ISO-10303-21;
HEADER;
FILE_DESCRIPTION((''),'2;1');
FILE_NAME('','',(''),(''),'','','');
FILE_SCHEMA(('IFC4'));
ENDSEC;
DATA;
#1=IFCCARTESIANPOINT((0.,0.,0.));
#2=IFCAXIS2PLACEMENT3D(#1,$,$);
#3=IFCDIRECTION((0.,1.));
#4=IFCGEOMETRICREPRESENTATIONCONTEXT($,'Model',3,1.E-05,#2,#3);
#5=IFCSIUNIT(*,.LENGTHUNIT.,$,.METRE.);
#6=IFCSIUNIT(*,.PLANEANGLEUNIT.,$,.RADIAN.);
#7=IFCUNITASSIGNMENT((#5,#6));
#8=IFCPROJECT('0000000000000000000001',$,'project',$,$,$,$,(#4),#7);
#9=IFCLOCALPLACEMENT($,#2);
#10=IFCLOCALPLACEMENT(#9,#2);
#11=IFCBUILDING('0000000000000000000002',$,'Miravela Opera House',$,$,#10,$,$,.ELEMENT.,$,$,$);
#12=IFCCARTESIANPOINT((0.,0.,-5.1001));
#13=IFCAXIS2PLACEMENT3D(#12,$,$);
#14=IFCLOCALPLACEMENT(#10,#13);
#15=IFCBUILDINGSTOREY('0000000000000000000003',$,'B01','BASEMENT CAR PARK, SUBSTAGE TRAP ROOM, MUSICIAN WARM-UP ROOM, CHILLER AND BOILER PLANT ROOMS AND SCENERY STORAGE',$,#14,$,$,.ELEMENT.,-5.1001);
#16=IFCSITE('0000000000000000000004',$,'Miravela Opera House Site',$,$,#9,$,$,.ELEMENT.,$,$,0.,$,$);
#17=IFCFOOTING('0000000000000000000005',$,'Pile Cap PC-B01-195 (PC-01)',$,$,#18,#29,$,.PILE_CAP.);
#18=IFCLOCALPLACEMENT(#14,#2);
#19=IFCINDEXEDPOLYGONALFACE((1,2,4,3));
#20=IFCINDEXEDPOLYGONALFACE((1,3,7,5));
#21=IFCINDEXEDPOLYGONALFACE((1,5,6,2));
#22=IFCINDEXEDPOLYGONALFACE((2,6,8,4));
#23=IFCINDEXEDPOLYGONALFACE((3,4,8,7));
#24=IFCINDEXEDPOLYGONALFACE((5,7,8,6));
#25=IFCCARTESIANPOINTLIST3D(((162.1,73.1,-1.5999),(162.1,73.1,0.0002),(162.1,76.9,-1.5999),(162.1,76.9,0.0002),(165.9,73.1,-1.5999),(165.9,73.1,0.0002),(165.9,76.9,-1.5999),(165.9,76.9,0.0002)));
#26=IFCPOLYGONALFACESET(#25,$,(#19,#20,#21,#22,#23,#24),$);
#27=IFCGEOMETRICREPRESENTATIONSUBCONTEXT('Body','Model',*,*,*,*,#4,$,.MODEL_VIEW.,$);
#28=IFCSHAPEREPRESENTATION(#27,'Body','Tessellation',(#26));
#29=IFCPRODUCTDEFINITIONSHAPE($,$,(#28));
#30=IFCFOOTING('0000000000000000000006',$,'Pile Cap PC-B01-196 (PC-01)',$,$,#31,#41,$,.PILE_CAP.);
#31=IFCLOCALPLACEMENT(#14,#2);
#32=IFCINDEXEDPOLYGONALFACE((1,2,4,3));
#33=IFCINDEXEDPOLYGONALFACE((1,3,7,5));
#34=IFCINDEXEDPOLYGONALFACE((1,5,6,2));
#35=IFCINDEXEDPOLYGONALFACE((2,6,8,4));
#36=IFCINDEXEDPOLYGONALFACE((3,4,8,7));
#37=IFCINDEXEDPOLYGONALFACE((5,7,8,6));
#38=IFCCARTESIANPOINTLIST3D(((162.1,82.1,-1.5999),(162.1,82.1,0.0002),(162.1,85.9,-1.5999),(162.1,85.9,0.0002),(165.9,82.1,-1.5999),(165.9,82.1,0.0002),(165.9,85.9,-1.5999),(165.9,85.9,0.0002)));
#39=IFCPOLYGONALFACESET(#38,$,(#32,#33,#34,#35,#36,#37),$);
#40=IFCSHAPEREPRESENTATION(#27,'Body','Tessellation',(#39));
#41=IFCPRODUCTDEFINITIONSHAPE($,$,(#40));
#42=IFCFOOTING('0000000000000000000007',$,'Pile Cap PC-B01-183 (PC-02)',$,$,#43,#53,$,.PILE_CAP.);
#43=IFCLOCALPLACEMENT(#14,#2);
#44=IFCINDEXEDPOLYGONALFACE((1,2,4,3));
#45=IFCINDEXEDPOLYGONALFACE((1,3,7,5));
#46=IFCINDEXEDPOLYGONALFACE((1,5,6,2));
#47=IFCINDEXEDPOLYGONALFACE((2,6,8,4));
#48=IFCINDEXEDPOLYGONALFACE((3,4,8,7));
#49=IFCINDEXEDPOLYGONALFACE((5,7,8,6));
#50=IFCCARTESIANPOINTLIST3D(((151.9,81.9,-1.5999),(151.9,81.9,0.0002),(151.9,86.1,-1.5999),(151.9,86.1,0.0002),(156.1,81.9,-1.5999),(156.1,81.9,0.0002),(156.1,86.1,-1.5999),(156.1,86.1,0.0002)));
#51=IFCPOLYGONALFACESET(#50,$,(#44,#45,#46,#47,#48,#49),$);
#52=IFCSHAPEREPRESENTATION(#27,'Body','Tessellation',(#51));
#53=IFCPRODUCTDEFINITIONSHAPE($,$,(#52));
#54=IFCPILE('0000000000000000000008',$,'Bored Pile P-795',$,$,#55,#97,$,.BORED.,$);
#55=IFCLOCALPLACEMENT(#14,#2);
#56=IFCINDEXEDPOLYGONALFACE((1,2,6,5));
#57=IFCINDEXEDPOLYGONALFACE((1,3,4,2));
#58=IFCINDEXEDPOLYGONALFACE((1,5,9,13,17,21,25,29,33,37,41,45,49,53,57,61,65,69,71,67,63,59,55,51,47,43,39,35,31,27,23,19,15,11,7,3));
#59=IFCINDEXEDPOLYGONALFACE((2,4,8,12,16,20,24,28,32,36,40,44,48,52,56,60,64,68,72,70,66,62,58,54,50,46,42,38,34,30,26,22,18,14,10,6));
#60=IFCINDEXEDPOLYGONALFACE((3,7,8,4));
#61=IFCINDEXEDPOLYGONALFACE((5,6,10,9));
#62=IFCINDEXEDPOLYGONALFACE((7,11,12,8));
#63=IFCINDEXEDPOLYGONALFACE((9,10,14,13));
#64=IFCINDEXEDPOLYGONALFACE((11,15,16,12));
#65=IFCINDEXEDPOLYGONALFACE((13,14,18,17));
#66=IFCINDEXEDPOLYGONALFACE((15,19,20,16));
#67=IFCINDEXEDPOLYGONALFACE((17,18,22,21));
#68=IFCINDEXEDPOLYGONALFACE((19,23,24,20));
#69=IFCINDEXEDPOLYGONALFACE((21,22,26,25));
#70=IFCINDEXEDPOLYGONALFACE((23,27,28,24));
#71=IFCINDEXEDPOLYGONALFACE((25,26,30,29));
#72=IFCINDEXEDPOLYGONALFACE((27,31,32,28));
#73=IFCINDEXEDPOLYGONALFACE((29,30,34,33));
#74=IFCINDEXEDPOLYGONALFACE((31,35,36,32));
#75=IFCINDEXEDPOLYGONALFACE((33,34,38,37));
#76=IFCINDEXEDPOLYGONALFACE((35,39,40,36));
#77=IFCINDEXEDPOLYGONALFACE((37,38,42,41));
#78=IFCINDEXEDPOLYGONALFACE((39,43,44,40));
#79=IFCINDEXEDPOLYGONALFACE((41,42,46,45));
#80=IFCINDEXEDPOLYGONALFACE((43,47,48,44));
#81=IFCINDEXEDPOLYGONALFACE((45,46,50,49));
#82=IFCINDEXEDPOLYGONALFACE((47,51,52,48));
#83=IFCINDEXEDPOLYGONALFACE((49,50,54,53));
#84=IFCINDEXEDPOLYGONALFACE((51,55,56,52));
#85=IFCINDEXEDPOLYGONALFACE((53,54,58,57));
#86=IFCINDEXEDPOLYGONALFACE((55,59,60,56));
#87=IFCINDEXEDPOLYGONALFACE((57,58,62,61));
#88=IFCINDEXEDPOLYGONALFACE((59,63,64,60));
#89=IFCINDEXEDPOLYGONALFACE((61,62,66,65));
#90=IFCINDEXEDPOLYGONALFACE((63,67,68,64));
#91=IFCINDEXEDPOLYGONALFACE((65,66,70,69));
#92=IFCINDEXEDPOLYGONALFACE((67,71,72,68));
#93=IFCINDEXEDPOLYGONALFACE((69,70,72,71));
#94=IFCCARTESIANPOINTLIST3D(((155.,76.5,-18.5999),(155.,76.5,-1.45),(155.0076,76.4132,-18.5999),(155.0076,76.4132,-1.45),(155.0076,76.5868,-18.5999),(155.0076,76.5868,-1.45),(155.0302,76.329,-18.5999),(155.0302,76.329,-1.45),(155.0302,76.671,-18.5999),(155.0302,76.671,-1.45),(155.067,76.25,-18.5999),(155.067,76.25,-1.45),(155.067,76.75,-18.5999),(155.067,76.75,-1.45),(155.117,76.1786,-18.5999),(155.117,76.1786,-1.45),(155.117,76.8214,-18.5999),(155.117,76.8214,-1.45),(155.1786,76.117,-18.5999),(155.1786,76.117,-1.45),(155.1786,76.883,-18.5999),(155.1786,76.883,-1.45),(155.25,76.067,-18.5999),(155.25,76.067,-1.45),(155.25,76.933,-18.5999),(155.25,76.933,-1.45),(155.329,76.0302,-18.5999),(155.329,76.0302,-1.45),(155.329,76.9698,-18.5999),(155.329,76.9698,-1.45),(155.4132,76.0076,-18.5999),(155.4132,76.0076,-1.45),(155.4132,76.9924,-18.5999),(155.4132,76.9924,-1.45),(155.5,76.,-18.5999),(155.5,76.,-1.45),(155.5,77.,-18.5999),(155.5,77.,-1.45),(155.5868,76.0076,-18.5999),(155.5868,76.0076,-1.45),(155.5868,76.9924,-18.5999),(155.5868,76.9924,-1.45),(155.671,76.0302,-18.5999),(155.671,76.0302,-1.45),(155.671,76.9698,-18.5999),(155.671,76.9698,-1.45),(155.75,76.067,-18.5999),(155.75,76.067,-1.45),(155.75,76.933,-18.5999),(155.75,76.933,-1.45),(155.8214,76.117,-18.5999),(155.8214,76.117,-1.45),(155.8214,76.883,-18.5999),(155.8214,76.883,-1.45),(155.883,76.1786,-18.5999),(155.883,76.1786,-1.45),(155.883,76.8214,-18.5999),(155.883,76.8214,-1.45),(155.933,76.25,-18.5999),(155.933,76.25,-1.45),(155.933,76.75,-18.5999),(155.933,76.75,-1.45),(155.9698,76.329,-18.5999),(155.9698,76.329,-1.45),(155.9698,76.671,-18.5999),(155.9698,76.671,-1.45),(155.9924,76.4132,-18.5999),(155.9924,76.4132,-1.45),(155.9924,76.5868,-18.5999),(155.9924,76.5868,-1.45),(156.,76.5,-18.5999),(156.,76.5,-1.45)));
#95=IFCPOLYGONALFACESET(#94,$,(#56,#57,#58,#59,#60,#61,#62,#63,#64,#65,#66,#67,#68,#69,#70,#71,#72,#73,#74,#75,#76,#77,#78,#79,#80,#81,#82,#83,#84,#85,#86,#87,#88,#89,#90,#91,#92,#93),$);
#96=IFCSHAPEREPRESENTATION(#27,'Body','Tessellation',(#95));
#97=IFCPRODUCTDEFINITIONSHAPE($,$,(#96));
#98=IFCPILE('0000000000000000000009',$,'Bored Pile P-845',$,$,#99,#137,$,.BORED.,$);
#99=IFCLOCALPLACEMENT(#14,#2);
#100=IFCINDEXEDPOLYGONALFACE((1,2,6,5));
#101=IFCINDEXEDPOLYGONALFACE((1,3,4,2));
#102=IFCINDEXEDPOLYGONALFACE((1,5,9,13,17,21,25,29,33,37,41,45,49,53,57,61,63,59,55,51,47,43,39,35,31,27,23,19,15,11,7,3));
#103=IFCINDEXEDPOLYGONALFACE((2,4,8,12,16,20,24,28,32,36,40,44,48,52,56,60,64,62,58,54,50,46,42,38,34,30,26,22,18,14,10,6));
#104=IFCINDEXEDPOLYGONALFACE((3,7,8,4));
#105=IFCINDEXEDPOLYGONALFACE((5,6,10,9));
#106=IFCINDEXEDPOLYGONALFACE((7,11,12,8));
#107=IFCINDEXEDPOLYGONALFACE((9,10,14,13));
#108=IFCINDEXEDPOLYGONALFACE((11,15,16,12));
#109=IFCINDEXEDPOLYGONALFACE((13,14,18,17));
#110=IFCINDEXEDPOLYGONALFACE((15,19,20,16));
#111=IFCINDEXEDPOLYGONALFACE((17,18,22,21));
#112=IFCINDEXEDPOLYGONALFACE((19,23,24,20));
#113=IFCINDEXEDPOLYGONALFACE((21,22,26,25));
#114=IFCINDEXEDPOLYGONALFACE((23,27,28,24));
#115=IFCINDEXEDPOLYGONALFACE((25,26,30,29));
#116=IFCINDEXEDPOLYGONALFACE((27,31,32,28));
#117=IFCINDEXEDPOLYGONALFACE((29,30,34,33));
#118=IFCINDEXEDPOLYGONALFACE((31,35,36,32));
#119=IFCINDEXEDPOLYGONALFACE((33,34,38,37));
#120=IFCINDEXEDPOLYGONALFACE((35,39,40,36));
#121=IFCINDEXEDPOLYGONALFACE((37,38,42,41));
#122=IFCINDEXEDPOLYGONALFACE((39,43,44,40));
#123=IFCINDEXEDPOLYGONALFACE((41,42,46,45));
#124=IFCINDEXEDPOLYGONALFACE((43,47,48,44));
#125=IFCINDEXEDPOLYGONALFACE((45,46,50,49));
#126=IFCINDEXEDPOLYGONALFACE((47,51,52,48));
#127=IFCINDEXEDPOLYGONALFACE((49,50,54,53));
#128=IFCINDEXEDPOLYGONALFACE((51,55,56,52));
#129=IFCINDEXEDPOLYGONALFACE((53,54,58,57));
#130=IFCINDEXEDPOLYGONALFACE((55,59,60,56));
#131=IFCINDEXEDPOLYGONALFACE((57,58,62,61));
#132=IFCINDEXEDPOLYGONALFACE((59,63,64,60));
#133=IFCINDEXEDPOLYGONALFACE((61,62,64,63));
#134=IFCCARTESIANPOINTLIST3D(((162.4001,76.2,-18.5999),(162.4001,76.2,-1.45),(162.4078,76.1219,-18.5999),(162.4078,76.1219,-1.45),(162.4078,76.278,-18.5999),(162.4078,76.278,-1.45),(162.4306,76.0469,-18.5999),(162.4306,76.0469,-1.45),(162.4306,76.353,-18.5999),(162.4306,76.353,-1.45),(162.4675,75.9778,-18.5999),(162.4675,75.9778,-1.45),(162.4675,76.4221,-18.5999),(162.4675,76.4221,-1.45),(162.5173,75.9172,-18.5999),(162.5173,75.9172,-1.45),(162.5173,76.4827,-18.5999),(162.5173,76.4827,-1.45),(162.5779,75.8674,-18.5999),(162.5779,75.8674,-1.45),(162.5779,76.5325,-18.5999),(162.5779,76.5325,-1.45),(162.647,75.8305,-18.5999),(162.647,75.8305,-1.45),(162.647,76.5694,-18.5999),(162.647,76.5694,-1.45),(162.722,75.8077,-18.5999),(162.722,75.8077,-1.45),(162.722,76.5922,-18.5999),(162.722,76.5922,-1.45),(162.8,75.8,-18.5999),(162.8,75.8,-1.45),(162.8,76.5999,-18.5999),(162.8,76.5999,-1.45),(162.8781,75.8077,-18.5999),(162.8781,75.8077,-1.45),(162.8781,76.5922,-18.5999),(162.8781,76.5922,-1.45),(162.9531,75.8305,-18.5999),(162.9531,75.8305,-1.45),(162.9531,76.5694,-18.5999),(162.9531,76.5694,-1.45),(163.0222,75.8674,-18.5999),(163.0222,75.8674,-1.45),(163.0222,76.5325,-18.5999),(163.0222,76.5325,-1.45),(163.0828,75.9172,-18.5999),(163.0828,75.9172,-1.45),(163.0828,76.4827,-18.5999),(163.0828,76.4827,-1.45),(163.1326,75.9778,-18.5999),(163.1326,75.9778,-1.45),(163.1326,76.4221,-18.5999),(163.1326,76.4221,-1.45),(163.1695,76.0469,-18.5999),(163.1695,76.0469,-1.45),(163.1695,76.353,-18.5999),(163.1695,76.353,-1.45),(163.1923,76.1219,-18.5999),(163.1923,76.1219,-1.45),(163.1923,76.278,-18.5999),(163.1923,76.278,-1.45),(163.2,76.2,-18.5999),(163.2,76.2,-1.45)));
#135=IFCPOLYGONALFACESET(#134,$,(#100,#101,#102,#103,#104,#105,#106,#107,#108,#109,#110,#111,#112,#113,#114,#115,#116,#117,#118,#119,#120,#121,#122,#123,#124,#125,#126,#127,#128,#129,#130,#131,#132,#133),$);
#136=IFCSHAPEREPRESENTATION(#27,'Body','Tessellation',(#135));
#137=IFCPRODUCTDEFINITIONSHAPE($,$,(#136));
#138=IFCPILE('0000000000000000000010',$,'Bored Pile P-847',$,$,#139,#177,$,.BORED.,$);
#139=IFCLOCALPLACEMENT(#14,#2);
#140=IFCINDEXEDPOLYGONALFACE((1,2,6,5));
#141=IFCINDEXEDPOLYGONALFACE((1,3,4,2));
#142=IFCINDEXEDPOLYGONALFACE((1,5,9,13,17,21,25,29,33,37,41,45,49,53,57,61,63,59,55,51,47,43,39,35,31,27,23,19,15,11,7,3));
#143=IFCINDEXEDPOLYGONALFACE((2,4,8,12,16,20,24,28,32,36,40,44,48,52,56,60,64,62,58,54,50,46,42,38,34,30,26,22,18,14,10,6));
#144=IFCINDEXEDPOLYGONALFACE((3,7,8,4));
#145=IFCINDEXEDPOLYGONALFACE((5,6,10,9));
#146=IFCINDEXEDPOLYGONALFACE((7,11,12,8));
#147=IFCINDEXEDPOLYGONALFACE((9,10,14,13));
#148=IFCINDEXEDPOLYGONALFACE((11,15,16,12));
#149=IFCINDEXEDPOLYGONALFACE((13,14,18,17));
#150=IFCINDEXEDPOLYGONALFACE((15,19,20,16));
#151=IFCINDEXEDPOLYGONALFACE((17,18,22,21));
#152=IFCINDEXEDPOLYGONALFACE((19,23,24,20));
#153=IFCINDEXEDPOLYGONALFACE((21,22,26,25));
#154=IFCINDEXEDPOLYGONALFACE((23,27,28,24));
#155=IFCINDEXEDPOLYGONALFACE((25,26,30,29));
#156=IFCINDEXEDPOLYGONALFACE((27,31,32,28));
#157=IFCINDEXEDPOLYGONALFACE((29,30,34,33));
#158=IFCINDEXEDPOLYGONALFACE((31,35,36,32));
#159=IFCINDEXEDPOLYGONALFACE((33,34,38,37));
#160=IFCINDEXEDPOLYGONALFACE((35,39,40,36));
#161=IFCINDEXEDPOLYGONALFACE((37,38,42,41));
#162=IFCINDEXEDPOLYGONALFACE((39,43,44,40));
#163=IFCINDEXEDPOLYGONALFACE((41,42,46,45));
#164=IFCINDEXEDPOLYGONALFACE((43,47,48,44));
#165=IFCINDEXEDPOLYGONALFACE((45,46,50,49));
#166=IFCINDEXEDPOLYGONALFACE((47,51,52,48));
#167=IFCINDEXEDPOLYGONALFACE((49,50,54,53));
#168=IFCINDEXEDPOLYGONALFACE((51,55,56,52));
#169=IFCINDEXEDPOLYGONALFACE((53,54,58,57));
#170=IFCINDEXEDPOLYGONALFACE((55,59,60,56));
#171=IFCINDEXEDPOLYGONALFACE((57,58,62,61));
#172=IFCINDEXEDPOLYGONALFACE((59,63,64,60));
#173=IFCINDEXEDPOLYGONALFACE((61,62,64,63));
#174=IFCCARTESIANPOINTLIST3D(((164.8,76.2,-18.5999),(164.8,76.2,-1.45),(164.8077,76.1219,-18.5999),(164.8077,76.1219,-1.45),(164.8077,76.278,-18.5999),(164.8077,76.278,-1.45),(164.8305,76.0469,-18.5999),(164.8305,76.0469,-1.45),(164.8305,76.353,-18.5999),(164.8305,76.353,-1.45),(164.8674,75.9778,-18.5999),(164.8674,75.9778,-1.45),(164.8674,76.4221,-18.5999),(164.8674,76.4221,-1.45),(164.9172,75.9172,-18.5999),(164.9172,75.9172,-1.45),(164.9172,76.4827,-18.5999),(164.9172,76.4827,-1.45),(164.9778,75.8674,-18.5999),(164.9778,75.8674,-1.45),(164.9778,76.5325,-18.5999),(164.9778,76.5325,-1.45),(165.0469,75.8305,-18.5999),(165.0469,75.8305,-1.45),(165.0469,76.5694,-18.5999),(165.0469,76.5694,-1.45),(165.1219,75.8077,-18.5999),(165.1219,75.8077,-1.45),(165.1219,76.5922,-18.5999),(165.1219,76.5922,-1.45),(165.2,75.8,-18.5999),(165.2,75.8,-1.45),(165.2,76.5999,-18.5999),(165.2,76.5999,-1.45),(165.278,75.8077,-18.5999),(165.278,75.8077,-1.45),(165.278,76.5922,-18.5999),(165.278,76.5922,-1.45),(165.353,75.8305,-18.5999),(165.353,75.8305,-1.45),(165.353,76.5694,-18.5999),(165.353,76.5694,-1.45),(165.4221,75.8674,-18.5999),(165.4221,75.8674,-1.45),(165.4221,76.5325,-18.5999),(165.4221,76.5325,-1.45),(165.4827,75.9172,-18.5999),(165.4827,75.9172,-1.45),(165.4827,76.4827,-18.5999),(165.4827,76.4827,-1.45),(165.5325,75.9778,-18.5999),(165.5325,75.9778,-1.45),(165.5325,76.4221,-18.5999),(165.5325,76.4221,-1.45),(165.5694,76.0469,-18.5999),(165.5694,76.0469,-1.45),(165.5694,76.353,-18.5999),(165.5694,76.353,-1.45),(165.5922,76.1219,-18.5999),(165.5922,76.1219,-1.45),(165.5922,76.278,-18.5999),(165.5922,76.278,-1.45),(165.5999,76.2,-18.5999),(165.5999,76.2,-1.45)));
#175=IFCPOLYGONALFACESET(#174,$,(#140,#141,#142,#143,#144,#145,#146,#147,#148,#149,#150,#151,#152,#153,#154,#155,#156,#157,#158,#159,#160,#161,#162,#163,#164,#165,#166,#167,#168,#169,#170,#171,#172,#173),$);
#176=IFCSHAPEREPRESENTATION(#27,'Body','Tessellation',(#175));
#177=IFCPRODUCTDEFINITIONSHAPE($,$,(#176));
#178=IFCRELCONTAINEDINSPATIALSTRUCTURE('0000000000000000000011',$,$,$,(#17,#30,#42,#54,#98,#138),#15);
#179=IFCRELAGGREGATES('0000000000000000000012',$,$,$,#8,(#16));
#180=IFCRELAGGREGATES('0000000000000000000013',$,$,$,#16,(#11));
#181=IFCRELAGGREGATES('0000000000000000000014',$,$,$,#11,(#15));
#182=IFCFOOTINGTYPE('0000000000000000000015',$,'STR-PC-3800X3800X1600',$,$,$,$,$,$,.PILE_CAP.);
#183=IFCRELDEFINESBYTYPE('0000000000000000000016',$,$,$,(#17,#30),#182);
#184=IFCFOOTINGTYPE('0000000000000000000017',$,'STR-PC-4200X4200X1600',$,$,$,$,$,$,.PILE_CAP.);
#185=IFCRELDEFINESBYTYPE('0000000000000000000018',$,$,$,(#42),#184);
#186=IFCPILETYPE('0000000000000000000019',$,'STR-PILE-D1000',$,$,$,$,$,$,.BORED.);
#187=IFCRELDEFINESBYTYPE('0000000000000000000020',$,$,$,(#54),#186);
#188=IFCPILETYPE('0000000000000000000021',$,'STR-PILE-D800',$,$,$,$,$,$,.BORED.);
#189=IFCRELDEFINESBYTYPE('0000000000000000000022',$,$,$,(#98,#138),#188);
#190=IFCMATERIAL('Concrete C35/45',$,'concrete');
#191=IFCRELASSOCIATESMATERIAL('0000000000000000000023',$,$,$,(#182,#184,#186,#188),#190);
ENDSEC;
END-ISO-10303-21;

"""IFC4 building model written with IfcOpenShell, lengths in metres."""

from ifc_helpers import new_model, si_unit, direction, frame, origin, origin_2d, place, context, subcontext, project, spatial, rectangle, circle, extrude, material, material_profile, profile_set, type_object, element, save


model = new_model("IFC4")

# Units and contexts
model_context = context("Model", 3, precision=1e-05, world=origin(), true_north=direction((0.0, 1.0)))
body_context = subcontext(model_context, "Body", "Model", "MODEL_VIEW")
ifc_project = project(units=[si_unit("LENGTHUNIT", "METRE"), si_unit("PLANEANGLEUNIT", "RADIAN")], contexts=[model_context])

# Site, building, storey
site_placement = place(None, origin())
site = spatial("IfcSite", under=ifc_project, at=site_placement, Name="Miravela Opera House Site", CompositionType="ELEMENT", RefElevation=0.0)
building_placement = place(site_placement, origin())
building = spatial("IfcBuilding", under=site, at=building_placement, Name="Miravela Opera House", CompositionType="ELEMENT")
storey_placement = place(building_placement, frame((0.0, 0.0, -5.1001)))
storey = spatial("IfcBuildingStorey", under=building, at=storey_placement, Name="B01", Description="BASEMENT CAR PARK, SUBSTAGE TRAP ROOM, MUSICIAN WARM-UP ROOM, CHILLER AND BOILER PLANT ROOMS AND SCENERY STORAGE", CompositionType="ELEMENT", Elevation=-5.1001)

# Footings
ifc_material_1 = material(Name="Concrete C35/45", Category="concrete")
footing_type_1 = type_object("IfcFootingType", Name="STR-PC-3800X3800X1600", PredefinedType="PILE_CAP", material=ifc_material_1)
for number, where, z_axis, x_axis, name in (
    (1, (164.0, 75.0, -1.5999), (0.0, 0.0, 1.0), (1.0, 0.0, 0.0), "Pile Cap PC-B01-195 (PC-01)"),
    (2, (164.0, 84.0, -1.5999), (0.0, 0.0, 1.0), (1.0, 0.0, 0.0), "Pile Cap PC-B01-196 (PC-01)"),
):
    element("IfcFooting", number, at=place(storey_placement, frame(where, z_axis=z_axis, x_axis=x_axis)), inside=storey, type_object=footing_type_1, Name=name, PredefinedType="PILE_CAP", context=body_context, shape_type="SweptSolid", body=[
        extrude(rectangle(XDim=3.8, YDim=3.8, at=origin_2d()), origin(), (0.0, 0.0, 1.0), 1.6001),
    ])
footing_type_2 = type_object("IfcFootingType", Name="STR-PC-4200X4200X1600", PredefinedType="PILE_CAP", material=ifc_material_1)
footing_placement = place(storey_placement, frame((154.0, 84.0, -1.5999), z_axis=(0.0, 0.0, 1.0), x_axis=(1.0, 0.0, 0.0)))
element("IfcFooting", 3, at=footing_placement, inside=storey, type_object=footing_type_2, Name="Pile Cap PC-B01-183 (PC-02)", PredefinedType="PILE_CAP", context=body_context, shape_type="SweptSolid", body=[
    extrude(rectangle(XDim=4.2, YDim=4.2, at=origin_2d()), origin(), (0.0, 0.0, 1.0), 1.6001),
])

# Piles
ifc_material_profile_1 = material_profile(ifc_material_1, circle(Radius=0.5, at=origin_2d()), Name="PILE-D1000")
ifc_profile_set_1 = profile_set([ifc_material_profile_1])
pile_type_1 = type_object("IfcPileType", Name="STR-PILE-D1000", PredefinedType="BORED", material=ifc_profile_set_1)
pile_placement = place(storey_placement, frame((155.5, 76.5, -1.45), z_axis=(0.0, 0.0, -1.0), x_axis=(1.0, 0.0, 0.0)))
element("IfcPile", 4, at=pile_placement, inside=storey, type_object=pile_type_1, Name="Bored Pile P-795", PredefinedType="BORED", context=body_context, shape_type="SweptSolid", body=[
    extrude(circle(Radius=0.5, at=origin_2d()), origin(), (0.0, 0.0, 1.0), 17.1499),
])
ifc_material_profile_2 = material_profile(ifc_material_1, circle(Radius=0.3999, at=origin_2d()), Name="PILE-D800")
ifc_profile_set_2 = profile_set([ifc_material_profile_2])
pile_type_2 = type_object("IfcPileType", Name="STR-PILE-D800", PredefinedType="BORED", material=ifc_profile_set_2)
for number, where, z_axis, x_axis, name in (
    (5, (162.8, 76.2, -1.45), (0.0, 0.0, -1.0), (1.0, 0.0, 0.0), "Bored Pile P-845"),
    (6, (165.2, 76.2, -1.45), (0.0, 0.0, -1.0), (1.0, 0.0, 0.0), "Bored Pile P-847"),
):
    element("IfcPile", number, at=place(storey_placement, frame(where, z_axis=z_axis, x_axis=x_axis)), inside=storey, type_object=pile_type_2, Name=name, PredefinedType="BORED", context=body_context, shape_type="SweptSolid", body=[
        extrude(circle(Radius=0.3999, at=origin_2d()), origin(), (0.0, 0.0, 1.0), 17.1499),
    ])

save(model, "model.ifc")
